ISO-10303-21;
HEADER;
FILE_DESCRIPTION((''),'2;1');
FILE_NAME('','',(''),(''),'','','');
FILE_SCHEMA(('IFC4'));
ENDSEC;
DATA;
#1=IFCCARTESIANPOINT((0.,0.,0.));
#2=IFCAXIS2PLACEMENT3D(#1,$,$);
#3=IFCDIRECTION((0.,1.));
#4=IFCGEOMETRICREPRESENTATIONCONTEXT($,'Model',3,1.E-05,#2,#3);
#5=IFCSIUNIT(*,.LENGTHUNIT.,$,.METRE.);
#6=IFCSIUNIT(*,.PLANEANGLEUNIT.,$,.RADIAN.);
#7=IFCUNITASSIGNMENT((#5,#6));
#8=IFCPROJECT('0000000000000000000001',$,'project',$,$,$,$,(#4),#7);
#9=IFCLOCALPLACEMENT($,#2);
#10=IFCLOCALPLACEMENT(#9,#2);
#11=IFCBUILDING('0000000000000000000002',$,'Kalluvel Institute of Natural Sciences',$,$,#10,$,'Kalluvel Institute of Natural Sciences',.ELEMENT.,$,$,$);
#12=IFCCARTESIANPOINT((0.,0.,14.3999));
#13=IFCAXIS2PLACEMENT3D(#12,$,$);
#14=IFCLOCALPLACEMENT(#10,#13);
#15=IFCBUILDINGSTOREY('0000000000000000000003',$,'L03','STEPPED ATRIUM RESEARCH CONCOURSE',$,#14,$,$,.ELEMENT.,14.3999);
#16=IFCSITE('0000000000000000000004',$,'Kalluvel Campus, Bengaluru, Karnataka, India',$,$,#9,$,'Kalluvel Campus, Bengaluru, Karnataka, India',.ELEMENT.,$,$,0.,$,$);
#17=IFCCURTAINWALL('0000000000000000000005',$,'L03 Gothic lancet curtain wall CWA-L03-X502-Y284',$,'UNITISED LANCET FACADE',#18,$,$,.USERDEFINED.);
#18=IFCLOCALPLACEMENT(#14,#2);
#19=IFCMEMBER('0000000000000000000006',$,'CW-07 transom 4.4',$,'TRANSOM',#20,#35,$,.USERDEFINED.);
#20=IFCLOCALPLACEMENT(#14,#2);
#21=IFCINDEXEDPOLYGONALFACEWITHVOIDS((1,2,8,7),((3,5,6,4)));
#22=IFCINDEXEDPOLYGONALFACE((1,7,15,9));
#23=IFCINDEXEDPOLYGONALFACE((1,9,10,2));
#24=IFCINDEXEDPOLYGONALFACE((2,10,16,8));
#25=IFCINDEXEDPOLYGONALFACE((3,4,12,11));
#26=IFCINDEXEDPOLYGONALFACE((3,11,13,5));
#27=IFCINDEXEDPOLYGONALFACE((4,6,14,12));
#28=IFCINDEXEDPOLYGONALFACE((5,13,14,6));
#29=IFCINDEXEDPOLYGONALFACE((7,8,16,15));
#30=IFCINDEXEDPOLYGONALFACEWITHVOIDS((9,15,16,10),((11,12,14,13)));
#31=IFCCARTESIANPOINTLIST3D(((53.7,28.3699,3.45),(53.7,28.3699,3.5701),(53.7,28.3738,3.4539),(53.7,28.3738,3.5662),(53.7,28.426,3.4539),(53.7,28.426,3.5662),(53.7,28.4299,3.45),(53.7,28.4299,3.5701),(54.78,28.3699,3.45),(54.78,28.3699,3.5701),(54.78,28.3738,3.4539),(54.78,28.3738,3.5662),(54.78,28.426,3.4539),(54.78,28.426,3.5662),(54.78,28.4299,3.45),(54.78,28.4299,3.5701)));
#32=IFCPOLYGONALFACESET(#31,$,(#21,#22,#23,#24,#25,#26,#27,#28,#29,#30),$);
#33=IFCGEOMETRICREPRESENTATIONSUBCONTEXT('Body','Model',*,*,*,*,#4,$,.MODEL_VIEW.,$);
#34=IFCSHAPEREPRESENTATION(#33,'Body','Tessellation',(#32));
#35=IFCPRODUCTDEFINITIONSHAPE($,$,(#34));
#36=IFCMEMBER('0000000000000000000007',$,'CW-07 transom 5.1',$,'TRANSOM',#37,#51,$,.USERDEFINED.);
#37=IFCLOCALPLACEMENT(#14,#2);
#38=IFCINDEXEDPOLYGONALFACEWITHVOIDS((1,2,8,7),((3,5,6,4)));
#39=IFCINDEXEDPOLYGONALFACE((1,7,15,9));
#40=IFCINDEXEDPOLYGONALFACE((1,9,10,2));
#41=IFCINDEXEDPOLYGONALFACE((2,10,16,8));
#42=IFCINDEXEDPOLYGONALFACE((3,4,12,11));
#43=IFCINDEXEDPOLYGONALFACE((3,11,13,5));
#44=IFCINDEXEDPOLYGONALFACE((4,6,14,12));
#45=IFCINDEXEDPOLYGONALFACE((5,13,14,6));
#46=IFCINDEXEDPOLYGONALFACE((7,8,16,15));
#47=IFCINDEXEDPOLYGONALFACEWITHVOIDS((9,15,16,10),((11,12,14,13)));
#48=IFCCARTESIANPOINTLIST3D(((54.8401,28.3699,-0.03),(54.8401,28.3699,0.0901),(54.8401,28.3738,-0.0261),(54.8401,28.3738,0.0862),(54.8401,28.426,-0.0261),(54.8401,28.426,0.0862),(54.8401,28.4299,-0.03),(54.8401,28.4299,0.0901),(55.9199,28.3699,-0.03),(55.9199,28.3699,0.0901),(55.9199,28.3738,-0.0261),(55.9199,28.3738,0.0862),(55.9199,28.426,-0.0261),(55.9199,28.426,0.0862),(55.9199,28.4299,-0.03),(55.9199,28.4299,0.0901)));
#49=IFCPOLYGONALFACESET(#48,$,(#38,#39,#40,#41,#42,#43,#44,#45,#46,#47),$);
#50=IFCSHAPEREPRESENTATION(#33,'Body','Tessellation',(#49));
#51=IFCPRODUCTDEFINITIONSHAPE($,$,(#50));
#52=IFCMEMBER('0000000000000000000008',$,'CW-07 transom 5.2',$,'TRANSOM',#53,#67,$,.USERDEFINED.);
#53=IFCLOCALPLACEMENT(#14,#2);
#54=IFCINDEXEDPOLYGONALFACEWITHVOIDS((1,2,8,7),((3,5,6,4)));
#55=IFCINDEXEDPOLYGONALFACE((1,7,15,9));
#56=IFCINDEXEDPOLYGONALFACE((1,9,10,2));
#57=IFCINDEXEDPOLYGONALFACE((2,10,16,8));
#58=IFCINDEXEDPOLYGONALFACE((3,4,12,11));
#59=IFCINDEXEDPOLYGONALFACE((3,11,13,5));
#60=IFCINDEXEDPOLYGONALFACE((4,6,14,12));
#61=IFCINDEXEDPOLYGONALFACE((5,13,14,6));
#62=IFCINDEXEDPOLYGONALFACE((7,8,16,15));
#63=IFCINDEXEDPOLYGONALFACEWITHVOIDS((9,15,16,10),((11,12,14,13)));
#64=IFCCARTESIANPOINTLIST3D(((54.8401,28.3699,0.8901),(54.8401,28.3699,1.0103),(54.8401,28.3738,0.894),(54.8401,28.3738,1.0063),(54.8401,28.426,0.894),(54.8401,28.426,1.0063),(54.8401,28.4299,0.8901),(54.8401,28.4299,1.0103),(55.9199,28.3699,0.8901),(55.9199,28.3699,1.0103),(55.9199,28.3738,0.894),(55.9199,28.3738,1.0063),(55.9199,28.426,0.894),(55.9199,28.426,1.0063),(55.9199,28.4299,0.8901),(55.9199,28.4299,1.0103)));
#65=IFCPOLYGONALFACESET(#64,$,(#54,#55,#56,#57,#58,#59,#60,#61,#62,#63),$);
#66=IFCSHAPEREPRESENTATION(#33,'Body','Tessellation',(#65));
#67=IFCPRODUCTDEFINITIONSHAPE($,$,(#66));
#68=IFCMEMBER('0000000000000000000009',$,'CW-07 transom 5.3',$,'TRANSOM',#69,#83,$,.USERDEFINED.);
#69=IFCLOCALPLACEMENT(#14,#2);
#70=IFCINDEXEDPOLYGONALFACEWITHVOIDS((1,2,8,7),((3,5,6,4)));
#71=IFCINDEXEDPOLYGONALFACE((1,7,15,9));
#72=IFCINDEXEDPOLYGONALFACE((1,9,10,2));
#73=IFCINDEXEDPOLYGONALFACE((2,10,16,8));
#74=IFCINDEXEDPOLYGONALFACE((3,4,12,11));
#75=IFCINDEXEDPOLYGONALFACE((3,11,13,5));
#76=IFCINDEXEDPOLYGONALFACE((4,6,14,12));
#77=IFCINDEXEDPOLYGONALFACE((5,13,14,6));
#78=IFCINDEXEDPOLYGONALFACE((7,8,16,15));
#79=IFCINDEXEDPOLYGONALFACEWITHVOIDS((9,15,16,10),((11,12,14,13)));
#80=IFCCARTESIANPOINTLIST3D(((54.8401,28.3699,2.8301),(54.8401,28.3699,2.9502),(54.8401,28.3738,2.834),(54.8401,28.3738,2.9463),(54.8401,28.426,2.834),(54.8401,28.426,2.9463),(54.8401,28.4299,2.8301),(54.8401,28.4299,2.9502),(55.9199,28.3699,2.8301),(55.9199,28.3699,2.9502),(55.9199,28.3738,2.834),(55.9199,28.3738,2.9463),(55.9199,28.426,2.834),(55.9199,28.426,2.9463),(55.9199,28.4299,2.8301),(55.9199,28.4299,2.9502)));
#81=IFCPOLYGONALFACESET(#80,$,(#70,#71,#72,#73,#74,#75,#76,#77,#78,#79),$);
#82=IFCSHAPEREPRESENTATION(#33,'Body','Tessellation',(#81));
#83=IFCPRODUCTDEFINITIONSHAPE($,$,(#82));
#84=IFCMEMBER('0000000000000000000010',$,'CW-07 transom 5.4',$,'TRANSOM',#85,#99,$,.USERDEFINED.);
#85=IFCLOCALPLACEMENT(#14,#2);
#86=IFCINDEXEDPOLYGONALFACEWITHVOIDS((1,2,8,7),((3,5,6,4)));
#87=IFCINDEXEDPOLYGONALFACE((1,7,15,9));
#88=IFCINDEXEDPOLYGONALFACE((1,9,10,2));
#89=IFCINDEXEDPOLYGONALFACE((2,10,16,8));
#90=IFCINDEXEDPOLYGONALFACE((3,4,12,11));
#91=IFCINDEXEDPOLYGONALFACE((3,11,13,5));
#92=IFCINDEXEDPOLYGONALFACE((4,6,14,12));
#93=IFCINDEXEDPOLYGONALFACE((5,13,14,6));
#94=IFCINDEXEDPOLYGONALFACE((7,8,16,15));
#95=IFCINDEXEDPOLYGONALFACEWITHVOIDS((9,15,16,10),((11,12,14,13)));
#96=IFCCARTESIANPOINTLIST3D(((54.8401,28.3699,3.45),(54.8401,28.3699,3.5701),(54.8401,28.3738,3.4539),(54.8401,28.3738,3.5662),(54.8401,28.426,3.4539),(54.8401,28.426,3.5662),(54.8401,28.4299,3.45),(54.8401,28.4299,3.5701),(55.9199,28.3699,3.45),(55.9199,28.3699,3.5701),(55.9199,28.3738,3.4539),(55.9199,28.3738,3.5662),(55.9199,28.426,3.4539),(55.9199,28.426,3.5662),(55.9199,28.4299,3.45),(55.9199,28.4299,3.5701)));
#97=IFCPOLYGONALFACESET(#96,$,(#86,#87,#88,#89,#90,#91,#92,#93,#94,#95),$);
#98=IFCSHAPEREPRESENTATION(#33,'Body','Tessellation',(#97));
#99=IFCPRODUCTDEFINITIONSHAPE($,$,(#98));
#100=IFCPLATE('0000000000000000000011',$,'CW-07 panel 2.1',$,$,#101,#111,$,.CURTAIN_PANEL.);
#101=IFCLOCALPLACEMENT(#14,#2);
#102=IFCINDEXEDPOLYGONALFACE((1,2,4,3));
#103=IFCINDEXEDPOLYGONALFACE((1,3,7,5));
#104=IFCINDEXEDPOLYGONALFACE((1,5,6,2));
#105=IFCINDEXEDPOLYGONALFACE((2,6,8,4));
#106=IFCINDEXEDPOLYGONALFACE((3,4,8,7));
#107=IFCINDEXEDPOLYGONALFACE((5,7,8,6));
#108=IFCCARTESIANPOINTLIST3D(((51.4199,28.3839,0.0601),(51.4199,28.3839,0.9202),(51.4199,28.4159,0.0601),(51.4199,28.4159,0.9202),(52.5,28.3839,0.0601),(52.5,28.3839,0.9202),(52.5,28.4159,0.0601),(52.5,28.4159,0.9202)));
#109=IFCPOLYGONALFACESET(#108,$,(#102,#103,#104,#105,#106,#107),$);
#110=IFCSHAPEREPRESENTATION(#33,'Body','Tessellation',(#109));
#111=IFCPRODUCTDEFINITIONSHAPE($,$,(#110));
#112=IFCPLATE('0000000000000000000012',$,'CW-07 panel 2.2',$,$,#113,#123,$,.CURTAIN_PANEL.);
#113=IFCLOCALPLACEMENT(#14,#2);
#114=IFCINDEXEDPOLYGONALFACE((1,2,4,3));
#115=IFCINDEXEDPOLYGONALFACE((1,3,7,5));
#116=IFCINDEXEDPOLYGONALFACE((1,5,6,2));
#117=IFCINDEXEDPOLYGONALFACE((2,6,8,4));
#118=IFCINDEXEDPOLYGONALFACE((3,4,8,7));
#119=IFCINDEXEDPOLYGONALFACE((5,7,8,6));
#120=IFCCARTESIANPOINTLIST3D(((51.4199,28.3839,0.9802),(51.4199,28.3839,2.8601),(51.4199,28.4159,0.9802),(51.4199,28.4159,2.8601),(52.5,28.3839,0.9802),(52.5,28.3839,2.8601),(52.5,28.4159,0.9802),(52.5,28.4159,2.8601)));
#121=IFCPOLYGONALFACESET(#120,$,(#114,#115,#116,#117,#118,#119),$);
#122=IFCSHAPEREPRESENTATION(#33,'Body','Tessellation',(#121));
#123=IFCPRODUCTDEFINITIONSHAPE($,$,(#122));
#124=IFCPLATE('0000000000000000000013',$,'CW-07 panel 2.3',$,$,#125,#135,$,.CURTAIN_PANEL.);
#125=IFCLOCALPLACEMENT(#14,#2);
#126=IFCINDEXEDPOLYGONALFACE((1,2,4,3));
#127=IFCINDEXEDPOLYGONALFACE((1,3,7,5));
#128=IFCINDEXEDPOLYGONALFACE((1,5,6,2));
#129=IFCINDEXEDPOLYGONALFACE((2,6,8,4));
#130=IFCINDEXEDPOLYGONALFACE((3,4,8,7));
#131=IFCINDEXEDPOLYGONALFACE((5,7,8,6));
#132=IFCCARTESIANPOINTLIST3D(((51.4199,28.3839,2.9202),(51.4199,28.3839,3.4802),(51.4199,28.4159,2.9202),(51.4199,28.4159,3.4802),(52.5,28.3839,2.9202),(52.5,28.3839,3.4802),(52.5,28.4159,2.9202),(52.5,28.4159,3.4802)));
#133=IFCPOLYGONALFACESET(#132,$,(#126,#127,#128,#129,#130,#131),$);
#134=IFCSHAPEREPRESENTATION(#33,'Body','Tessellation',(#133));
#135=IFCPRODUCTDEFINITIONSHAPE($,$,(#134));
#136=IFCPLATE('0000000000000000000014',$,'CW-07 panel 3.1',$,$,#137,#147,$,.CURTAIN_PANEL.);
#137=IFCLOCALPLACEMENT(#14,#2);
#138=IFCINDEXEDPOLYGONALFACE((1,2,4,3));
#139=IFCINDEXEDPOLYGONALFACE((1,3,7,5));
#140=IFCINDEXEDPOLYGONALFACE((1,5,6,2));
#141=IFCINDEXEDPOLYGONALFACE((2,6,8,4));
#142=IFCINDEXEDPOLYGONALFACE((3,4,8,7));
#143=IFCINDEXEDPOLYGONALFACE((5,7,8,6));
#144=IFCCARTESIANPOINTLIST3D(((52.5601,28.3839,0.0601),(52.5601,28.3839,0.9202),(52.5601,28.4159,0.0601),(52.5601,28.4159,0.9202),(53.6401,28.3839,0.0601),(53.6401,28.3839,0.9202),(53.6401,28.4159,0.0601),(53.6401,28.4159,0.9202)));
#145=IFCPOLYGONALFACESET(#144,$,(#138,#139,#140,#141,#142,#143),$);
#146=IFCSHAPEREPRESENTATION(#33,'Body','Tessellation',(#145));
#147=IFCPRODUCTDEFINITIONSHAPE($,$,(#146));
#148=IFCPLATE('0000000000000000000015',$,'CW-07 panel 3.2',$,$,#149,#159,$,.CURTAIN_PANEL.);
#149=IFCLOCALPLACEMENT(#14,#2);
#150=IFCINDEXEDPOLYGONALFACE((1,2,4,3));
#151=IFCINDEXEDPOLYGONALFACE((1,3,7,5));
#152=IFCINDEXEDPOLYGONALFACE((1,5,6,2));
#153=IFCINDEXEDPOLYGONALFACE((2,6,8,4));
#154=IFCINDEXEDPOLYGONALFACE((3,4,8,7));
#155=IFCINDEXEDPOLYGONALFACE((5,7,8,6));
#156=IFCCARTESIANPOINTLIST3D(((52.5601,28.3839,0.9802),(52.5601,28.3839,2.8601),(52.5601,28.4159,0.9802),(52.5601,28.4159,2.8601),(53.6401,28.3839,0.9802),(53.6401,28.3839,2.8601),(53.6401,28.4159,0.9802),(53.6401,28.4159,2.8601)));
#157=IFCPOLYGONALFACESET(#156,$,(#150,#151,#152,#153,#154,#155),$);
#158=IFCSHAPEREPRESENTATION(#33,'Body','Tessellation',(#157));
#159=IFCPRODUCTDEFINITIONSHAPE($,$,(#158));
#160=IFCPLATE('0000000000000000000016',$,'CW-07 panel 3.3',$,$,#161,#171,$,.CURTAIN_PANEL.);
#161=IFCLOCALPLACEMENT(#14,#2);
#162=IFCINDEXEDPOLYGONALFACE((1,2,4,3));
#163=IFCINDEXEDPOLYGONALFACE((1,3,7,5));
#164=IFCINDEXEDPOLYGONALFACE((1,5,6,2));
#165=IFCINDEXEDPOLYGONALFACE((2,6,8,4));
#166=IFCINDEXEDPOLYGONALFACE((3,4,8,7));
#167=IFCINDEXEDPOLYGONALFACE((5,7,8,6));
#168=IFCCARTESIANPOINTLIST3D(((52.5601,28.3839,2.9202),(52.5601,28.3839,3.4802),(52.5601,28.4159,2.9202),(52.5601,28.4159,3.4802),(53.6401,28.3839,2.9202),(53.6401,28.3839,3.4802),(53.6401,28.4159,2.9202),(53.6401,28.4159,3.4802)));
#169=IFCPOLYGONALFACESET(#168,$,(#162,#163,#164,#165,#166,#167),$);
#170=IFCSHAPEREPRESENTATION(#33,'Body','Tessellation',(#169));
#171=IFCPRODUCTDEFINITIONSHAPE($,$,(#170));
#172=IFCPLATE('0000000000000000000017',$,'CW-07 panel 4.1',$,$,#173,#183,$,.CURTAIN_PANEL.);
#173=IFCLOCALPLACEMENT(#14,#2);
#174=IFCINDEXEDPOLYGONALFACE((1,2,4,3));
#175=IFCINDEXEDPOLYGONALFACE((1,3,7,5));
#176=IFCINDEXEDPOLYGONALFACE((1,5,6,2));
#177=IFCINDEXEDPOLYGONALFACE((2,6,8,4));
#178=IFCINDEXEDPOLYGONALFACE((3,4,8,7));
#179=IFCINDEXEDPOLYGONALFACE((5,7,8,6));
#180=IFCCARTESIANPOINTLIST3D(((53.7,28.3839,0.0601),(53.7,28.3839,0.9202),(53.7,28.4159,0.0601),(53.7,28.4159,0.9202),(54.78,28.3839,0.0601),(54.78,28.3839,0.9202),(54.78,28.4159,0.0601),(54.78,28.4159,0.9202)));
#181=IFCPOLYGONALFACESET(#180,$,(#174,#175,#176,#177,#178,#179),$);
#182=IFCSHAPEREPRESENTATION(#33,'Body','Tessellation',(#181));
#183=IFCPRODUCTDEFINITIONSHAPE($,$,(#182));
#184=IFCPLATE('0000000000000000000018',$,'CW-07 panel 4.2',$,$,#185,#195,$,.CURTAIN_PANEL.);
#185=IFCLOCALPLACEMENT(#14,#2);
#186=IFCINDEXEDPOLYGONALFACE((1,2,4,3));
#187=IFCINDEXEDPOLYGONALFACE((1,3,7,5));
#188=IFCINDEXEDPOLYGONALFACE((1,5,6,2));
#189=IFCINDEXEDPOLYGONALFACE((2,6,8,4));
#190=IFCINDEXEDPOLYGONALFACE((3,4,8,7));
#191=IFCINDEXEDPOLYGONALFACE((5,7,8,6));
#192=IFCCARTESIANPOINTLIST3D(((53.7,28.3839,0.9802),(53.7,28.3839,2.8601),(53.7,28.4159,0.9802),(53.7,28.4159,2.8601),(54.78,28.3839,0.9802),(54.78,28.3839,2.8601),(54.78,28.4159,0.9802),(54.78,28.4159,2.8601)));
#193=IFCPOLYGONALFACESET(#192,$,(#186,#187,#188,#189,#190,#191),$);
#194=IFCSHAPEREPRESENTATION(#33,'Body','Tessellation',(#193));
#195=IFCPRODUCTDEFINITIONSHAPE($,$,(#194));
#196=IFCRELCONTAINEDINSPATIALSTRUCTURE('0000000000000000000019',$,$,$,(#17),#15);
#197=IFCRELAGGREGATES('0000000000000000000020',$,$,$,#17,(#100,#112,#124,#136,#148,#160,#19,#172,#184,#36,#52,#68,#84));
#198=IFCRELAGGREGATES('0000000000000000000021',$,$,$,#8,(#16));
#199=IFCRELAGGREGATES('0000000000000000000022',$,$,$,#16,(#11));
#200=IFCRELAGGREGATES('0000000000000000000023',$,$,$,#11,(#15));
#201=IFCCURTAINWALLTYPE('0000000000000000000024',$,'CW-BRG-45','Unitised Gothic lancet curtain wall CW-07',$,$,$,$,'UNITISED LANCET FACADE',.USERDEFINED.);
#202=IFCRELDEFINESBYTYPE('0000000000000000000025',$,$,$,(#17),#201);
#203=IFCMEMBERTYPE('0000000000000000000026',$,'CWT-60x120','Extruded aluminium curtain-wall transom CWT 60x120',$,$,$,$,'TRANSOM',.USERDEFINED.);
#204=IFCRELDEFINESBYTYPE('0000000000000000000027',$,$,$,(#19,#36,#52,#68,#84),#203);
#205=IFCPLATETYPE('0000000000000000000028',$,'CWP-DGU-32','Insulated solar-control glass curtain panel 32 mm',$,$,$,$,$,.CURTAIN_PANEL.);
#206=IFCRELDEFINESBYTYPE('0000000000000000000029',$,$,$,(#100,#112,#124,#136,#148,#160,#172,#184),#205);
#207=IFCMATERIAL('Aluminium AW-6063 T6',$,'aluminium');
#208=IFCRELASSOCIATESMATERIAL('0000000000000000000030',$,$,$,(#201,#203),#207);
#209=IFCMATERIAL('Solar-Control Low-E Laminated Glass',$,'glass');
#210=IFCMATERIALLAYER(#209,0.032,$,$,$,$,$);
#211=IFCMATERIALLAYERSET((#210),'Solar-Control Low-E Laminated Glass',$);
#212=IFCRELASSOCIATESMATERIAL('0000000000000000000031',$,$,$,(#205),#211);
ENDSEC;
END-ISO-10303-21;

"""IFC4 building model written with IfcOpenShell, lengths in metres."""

from ifc_helpers import new_model, si_unit, direction, frame, origin, origin_2d, place, context, subcontext, project, spatial, rectangle, hollow_rectangle, extrude, material, layer, layer_set, material_profile, profile_set, type_object, element, aggregate, save


model = new_model("IFC4")

# Units and contexts
model_context = context("Model", 3, precision=1e-05, world=origin(), true_north=direction((0.0, 1.0)))
body_context = subcontext(model_context, "Body", "Model", "MODEL_VIEW")
ifc_project = project(units=[si_unit("LENGTHUNIT", "METRE"), si_unit("PLANEANGLEUNIT", "RADIAN")], contexts=[model_context])

# Site, building, storey
site_placement = place(None, origin())
site = spatial("IfcSite", under=ifc_project, at=site_placement, Name="Kalluvel Campus, Bengaluru, Karnataka, India", LongName="Kalluvel Campus, Bengaluru, Karnataka, India", CompositionType="ELEMENT", RefElevation=0.0)
building_placement = place(site_placement, origin())
building = spatial("IfcBuilding", under=site, at=building_placement, Name="Kalluvel Institute of Natural Sciences", LongName="Kalluvel Institute of Natural Sciences", CompositionType="ELEMENT")
storey_placement = place(building_placement, frame((0.0, 0.0, 14.3999)))
storey = spatial("IfcBuildingStorey", under=building, at=storey_placement, Name="L03", Description="STEPPED ATRIUM RESEARCH CONCOURSE", CompositionType="ELEMENT", Elevation=14.3999)

# Curtain wall, members, plates
ifc_material_1 = material(Name="Aluminium AW-6063 T6", Category="aluminium")
curtain_wall_type = type_object("IfcCurtainWallType", Name="CW-BRG-45", Description="Unitised Gothic lancet curtain wall CW-07", ElementType="UNITISED LANCET FACADE", PredefinedType="USERDEFINED", material=ifc_material_1)
curtain_wall_placement = place(storey_placement, origin())
curtain_wall = element("IfcCurtainWall", 1, at=curtain_wall_placement, inside=storey, type_object=curtain_wall_type, Name="L03 Gothic lancet curtain wall CWA-L03-X502-Y284", ObjectType="UNITISED LANCET FACADE", PredefinedType="USERDEFINED")
ifc_material_profile_1 = material_profile(ifc_material_1, hollow_rectangle(XDim=0.0601, YDim=0.1201, WallThickness=0.0039, at=origin_2d()), Name="CWT 60x120")
ifc_profile_set_1 = profile_set([ifc_material_profile_1], Name="Aluminium AW-6063 T6")
member_type_1 = type_object("IfcMemberType", Name="CWT-60x120", Description="Extruded aluminium curtain-wall transom CWT 60x120", ElementType="TRANSOM", PredefinedType="USERDEFINED", material=ifc_profile_set_1)
member_1_placement = place(storey_placement, frame((53.7, 28.3999, 3.51), z_axis=(1.0, 0.0, 0.0), x_axis=(0.0, 1.0, 0.0)))
member_1 = element("IfcMember", 2, at=member_1_placement, type_object=member_type_1, Name="CW-07 transom 4.4", ObjectType="TRANSOM", PredefinedType="USERDEFINED", context=body_context, shape_type="SweptSolid", body=[
    extrude(hollow_rectangle(XDim=0.0601, YDim=0.1201, WallThickness=0.0039, at=origin_2d()), origin(), (0.0, 0.0, 1.0), 1.0801),
])
member_2_placement = place(storey_placement, frame((54.8401, 28.3999, 0.03), z_axis=(1.0, 0.0, 0.0), x_axis=(0.0, 1.0, 0.0)))
member_2 = element("IfcMember", 3, at=member_2_placement, type_object=member_type_1, Name="CW-07 transom 5.1", ObjectType="TRANSOM", PredefinedType="USERDEFINED", context=body_context, shape_type="SweptSolid", body=[
    extrude(hollow_rectangle(XDim=0.0601, YDim=0.1201, WallThickness=0.0039, at=origin_2d()), origin(), (0.0, 0.0, 1.0), 1.0798),
])
member_3_placement = place(storey_placement, frame((54.8401, 28.3999, 0.9502), z_axis=(1.0, 0.0, 0.0), x_axis=(0.0, 1.0, 0.0)))
member_3 = element("IfcMember", 4, at=member_3_placement, type_object=member_type_1, Name="CW-07 transom 5.2", ObjectType="TRANSOM", PredefinedType="USERDEFINED", context=body_context, shape_type="SweptSolid", body=[
    extrude(hollow_rectangle(XDim=0.0601, YDim=0.1201, WallThickness=0.0039, at=origin_2d()), origin(), (0.0, 0.0, 1.0), 1.0798),
])
member_4_placement = place(storey_placement, frame((54.8401, 28.3999, 2.8901), z_axis=(1.0, 0.0, 0.0), x_axis=(0.0, 1.0, 0.0)))
member_4 = element("IfcMember", 5, at=member_4_placement, type_object=member_type_1, Name="CW-07 transom 5.3", ObjectType="TRANSOM", PredefinedType="USERDEFINED", context=body_context, shape_type="SweptSolid", body=[
    extrude(hollow_rectangle(XDim=0.0601, YDim=0.1201, WallThickness=0.0039, at=origin_2d()), origin(), (0.0, 0.0, 1.0), 1.0798),
])
member_5_placement = place(storey_placement, frame((54.8401, 28.3999, 3.51), z_axis=(1.0, 0.0, 0.0), x_axis=(0.0, 1.0, 0.0)))
member_5 = element("IfcMember", 6, at=member_5_placement, type_object=member_type_1, Name="CW-07 transom 5.4", ObjectType="TRANSOM", PredefinedType="USERDEFINED", context=body_context, shape_type="SweptSolid", body=[
    extrude(hollow_rectangle(XDim=0.0601, YDim=0.1201, WallThickness=0.0039, at=origin_2d()), origin(), (0.0, 0.0, 1.0), 1.0798),
])
ifc_material_2 = material(Name="Solar-Control Low-E Laminated Glass", Category="glass")
ifc_layer = layer(ifc_material_2, 0.032)
ifc_layer_set = layer_set([ifc_layer], Name="Solar-Control Low-E Laminated Glass")
plate_type = type_object("IfcPlateType", Name="CWP-DGU-32", Description="Insulated solar-control glass curtain panel 32 mm", PredefinedType="CURTAIN_PANEL", material=ifc_layer_set)
plate_1_placement = place(storey_placement, frame((51.96, 28.3999, 0.0601), z_axis=(0.0, 0.0, 1.0), x_axis=(1.0, 0.0, 0.0)))
plate_1 = element("IfcPlate", 7, at=plate_1_placement, type_object=plate_type, Name="CW-07 panel 2.1", PredefinedType="CURTAIN_PANEL", context=body_context, shape_type="SweptSolid", body=[
    extrude(rectangle(XDim=1.0801, YDim=0.032, at=origin_2d()), origin(), (0.0, 0.0, 1.0), 0.8601),
])
plate_2_placement = place(storey_placement, frame((51.96, 28.3999, 0.9802), z_axis=(0.0, 0.0, 1.0), x_axis=(1.0, 0.0, 0.0)))
plate_2 = element("IfcPlate", 8, at=plate_2_placement, type_object=plate_type, Name="CW-07 panel 2.2", PredefinedType="CURTAIN_PANEL", context=body_context, shape_type="SweptSolid", body=[
    extrude(rectangle(XDim=1.0801, YDim=0.032, at=origin_2d()), origin(), (0.0, 0.0, 1.0), 1.8799),
])
plate_3_placement = place(storey_placement, frame((51.96, 28.3999, 2.9202), z_axis=(0.0, 0.0, 1.0), x_axis=(1.0, 0.0, 0.0)))
plate_3 = element("IfcPlate", 9, at=plate_3_placement, type_object=plate_type, Name="CW-07 panel 2.3", PredefinedType="CURTAIN_PANEL", context=body_context, shape_type="SweptSolid", body=[
    extrude(rectangle(XDim=1.0801, YDim=0.032, at=origin_2d()), origin(), (0.0, 0.0, 1.0), 0.5601),
])
plate_4_placement = place(storey_placement, frame((53.1001, 28.3999, 0.0601), z_axis=(0.0, 0.0, 1.0), x_axis=(1.0, 0.0, 0.0)))
plate_4 = element("IfcPlate", 10, at=plate_4_placement, type_object=plate_type, Name="CW-07 panel 3.1", PredefinedType="CURTAIN_PANEL", context=body_context, shape_type="SweptSolid", body=[
    extrude(rectangle(XDim=1.0801, YDim=0.032, at=origin_2d()), origin(), (0.0, 0.0, 1.0), 0.8601),
])
plate_5_placement = place(storey_placement, frame((53.1001, 28.3999, 0.9802), z_axis=(0.0, 0.0, 1.0), x_axis=(1.0, 0.0, 0.0)))
plate_5 = element("IfcPlate", 11, at=plate_5_placement, type_object=plate_type, Name="CW-07 panel 3.2", PredefinedType="CURTAIN_PANEL", context=body_context, shape_type="SweptSolid", body=[
    extrude(rectangle(XDim=1.0801, YDim=0.032, at=origin_2d()), origin(), (0.0, 0.0, 1.0), 1.8799),
])
plate_6_placement = place(storey_placement, frame((53.1001, 28.3999, 2.9202), z_axis=(0.0, 0.0, 1.0), x_axis=(1.0, 0.0, 0.0)))
plate_6 = element("IfcPlate", 12, at=plate_6_placement, type_object=plate_type, Name="CW-07 panel 3.3", PredefinedType="CURTAIN_PANEL", context=body_context, shape_type="SweptSolid", body=[
    extrude(rectangle(XDim=1.0801, YDim=0.032, at=origin_2d()), origin(), (0.0, 0.0, 1.0), 0.5601),
])
plate_7_placement = place(storey_placement, frame((54.24, 28.3999, 0.0601), z_axis=(0.0, 0.0, 1.0), x_axis=(1.0, 0.0, 0.0)))
plate_7 = element("IfcPlate", 13, at=plate_7_placement, type_object=plate_type, Name="CW-07 panel 4.1", PredefinedType="CURTAIN_PANEL", context=body_context, shape_type="SweptSolid", body=[
    extrude(rectangle(XDim=1.0801, YDim=0.032, at=origin_2d()), origin(), (0.0, 0.0, 1.0), 0.8601),
])
plate_8_placement = place(storey_placement, frame((54.24, 28.3999, 0.9802), z_axis=(0.0, 0.0, 1.0), x_axis=(1.0, 0.0, 0.0)))
plate_8 = element("IfcPlate", 14, at=plate_8_placement, type_object=plate_type, Name="CW-07 panel 4.2", PredefinedType="CURTAIN_PANEL", context=body_context, shape_type="SweptSolid", body=[
    extrude(rectangle(XDim=1.0801, YDim=0.032, at=origin_2d()), origin(), (0.0, 0.0, 1.0), 1.8799),
])
aggregate(curtain_wall, [plate_1, plate_2, plate_3, plate_4, plate_5, plate_6, member_1, plate_7, plate_8, member_2, member_3, member_4, member_5])

save(model, "model.ifc")
